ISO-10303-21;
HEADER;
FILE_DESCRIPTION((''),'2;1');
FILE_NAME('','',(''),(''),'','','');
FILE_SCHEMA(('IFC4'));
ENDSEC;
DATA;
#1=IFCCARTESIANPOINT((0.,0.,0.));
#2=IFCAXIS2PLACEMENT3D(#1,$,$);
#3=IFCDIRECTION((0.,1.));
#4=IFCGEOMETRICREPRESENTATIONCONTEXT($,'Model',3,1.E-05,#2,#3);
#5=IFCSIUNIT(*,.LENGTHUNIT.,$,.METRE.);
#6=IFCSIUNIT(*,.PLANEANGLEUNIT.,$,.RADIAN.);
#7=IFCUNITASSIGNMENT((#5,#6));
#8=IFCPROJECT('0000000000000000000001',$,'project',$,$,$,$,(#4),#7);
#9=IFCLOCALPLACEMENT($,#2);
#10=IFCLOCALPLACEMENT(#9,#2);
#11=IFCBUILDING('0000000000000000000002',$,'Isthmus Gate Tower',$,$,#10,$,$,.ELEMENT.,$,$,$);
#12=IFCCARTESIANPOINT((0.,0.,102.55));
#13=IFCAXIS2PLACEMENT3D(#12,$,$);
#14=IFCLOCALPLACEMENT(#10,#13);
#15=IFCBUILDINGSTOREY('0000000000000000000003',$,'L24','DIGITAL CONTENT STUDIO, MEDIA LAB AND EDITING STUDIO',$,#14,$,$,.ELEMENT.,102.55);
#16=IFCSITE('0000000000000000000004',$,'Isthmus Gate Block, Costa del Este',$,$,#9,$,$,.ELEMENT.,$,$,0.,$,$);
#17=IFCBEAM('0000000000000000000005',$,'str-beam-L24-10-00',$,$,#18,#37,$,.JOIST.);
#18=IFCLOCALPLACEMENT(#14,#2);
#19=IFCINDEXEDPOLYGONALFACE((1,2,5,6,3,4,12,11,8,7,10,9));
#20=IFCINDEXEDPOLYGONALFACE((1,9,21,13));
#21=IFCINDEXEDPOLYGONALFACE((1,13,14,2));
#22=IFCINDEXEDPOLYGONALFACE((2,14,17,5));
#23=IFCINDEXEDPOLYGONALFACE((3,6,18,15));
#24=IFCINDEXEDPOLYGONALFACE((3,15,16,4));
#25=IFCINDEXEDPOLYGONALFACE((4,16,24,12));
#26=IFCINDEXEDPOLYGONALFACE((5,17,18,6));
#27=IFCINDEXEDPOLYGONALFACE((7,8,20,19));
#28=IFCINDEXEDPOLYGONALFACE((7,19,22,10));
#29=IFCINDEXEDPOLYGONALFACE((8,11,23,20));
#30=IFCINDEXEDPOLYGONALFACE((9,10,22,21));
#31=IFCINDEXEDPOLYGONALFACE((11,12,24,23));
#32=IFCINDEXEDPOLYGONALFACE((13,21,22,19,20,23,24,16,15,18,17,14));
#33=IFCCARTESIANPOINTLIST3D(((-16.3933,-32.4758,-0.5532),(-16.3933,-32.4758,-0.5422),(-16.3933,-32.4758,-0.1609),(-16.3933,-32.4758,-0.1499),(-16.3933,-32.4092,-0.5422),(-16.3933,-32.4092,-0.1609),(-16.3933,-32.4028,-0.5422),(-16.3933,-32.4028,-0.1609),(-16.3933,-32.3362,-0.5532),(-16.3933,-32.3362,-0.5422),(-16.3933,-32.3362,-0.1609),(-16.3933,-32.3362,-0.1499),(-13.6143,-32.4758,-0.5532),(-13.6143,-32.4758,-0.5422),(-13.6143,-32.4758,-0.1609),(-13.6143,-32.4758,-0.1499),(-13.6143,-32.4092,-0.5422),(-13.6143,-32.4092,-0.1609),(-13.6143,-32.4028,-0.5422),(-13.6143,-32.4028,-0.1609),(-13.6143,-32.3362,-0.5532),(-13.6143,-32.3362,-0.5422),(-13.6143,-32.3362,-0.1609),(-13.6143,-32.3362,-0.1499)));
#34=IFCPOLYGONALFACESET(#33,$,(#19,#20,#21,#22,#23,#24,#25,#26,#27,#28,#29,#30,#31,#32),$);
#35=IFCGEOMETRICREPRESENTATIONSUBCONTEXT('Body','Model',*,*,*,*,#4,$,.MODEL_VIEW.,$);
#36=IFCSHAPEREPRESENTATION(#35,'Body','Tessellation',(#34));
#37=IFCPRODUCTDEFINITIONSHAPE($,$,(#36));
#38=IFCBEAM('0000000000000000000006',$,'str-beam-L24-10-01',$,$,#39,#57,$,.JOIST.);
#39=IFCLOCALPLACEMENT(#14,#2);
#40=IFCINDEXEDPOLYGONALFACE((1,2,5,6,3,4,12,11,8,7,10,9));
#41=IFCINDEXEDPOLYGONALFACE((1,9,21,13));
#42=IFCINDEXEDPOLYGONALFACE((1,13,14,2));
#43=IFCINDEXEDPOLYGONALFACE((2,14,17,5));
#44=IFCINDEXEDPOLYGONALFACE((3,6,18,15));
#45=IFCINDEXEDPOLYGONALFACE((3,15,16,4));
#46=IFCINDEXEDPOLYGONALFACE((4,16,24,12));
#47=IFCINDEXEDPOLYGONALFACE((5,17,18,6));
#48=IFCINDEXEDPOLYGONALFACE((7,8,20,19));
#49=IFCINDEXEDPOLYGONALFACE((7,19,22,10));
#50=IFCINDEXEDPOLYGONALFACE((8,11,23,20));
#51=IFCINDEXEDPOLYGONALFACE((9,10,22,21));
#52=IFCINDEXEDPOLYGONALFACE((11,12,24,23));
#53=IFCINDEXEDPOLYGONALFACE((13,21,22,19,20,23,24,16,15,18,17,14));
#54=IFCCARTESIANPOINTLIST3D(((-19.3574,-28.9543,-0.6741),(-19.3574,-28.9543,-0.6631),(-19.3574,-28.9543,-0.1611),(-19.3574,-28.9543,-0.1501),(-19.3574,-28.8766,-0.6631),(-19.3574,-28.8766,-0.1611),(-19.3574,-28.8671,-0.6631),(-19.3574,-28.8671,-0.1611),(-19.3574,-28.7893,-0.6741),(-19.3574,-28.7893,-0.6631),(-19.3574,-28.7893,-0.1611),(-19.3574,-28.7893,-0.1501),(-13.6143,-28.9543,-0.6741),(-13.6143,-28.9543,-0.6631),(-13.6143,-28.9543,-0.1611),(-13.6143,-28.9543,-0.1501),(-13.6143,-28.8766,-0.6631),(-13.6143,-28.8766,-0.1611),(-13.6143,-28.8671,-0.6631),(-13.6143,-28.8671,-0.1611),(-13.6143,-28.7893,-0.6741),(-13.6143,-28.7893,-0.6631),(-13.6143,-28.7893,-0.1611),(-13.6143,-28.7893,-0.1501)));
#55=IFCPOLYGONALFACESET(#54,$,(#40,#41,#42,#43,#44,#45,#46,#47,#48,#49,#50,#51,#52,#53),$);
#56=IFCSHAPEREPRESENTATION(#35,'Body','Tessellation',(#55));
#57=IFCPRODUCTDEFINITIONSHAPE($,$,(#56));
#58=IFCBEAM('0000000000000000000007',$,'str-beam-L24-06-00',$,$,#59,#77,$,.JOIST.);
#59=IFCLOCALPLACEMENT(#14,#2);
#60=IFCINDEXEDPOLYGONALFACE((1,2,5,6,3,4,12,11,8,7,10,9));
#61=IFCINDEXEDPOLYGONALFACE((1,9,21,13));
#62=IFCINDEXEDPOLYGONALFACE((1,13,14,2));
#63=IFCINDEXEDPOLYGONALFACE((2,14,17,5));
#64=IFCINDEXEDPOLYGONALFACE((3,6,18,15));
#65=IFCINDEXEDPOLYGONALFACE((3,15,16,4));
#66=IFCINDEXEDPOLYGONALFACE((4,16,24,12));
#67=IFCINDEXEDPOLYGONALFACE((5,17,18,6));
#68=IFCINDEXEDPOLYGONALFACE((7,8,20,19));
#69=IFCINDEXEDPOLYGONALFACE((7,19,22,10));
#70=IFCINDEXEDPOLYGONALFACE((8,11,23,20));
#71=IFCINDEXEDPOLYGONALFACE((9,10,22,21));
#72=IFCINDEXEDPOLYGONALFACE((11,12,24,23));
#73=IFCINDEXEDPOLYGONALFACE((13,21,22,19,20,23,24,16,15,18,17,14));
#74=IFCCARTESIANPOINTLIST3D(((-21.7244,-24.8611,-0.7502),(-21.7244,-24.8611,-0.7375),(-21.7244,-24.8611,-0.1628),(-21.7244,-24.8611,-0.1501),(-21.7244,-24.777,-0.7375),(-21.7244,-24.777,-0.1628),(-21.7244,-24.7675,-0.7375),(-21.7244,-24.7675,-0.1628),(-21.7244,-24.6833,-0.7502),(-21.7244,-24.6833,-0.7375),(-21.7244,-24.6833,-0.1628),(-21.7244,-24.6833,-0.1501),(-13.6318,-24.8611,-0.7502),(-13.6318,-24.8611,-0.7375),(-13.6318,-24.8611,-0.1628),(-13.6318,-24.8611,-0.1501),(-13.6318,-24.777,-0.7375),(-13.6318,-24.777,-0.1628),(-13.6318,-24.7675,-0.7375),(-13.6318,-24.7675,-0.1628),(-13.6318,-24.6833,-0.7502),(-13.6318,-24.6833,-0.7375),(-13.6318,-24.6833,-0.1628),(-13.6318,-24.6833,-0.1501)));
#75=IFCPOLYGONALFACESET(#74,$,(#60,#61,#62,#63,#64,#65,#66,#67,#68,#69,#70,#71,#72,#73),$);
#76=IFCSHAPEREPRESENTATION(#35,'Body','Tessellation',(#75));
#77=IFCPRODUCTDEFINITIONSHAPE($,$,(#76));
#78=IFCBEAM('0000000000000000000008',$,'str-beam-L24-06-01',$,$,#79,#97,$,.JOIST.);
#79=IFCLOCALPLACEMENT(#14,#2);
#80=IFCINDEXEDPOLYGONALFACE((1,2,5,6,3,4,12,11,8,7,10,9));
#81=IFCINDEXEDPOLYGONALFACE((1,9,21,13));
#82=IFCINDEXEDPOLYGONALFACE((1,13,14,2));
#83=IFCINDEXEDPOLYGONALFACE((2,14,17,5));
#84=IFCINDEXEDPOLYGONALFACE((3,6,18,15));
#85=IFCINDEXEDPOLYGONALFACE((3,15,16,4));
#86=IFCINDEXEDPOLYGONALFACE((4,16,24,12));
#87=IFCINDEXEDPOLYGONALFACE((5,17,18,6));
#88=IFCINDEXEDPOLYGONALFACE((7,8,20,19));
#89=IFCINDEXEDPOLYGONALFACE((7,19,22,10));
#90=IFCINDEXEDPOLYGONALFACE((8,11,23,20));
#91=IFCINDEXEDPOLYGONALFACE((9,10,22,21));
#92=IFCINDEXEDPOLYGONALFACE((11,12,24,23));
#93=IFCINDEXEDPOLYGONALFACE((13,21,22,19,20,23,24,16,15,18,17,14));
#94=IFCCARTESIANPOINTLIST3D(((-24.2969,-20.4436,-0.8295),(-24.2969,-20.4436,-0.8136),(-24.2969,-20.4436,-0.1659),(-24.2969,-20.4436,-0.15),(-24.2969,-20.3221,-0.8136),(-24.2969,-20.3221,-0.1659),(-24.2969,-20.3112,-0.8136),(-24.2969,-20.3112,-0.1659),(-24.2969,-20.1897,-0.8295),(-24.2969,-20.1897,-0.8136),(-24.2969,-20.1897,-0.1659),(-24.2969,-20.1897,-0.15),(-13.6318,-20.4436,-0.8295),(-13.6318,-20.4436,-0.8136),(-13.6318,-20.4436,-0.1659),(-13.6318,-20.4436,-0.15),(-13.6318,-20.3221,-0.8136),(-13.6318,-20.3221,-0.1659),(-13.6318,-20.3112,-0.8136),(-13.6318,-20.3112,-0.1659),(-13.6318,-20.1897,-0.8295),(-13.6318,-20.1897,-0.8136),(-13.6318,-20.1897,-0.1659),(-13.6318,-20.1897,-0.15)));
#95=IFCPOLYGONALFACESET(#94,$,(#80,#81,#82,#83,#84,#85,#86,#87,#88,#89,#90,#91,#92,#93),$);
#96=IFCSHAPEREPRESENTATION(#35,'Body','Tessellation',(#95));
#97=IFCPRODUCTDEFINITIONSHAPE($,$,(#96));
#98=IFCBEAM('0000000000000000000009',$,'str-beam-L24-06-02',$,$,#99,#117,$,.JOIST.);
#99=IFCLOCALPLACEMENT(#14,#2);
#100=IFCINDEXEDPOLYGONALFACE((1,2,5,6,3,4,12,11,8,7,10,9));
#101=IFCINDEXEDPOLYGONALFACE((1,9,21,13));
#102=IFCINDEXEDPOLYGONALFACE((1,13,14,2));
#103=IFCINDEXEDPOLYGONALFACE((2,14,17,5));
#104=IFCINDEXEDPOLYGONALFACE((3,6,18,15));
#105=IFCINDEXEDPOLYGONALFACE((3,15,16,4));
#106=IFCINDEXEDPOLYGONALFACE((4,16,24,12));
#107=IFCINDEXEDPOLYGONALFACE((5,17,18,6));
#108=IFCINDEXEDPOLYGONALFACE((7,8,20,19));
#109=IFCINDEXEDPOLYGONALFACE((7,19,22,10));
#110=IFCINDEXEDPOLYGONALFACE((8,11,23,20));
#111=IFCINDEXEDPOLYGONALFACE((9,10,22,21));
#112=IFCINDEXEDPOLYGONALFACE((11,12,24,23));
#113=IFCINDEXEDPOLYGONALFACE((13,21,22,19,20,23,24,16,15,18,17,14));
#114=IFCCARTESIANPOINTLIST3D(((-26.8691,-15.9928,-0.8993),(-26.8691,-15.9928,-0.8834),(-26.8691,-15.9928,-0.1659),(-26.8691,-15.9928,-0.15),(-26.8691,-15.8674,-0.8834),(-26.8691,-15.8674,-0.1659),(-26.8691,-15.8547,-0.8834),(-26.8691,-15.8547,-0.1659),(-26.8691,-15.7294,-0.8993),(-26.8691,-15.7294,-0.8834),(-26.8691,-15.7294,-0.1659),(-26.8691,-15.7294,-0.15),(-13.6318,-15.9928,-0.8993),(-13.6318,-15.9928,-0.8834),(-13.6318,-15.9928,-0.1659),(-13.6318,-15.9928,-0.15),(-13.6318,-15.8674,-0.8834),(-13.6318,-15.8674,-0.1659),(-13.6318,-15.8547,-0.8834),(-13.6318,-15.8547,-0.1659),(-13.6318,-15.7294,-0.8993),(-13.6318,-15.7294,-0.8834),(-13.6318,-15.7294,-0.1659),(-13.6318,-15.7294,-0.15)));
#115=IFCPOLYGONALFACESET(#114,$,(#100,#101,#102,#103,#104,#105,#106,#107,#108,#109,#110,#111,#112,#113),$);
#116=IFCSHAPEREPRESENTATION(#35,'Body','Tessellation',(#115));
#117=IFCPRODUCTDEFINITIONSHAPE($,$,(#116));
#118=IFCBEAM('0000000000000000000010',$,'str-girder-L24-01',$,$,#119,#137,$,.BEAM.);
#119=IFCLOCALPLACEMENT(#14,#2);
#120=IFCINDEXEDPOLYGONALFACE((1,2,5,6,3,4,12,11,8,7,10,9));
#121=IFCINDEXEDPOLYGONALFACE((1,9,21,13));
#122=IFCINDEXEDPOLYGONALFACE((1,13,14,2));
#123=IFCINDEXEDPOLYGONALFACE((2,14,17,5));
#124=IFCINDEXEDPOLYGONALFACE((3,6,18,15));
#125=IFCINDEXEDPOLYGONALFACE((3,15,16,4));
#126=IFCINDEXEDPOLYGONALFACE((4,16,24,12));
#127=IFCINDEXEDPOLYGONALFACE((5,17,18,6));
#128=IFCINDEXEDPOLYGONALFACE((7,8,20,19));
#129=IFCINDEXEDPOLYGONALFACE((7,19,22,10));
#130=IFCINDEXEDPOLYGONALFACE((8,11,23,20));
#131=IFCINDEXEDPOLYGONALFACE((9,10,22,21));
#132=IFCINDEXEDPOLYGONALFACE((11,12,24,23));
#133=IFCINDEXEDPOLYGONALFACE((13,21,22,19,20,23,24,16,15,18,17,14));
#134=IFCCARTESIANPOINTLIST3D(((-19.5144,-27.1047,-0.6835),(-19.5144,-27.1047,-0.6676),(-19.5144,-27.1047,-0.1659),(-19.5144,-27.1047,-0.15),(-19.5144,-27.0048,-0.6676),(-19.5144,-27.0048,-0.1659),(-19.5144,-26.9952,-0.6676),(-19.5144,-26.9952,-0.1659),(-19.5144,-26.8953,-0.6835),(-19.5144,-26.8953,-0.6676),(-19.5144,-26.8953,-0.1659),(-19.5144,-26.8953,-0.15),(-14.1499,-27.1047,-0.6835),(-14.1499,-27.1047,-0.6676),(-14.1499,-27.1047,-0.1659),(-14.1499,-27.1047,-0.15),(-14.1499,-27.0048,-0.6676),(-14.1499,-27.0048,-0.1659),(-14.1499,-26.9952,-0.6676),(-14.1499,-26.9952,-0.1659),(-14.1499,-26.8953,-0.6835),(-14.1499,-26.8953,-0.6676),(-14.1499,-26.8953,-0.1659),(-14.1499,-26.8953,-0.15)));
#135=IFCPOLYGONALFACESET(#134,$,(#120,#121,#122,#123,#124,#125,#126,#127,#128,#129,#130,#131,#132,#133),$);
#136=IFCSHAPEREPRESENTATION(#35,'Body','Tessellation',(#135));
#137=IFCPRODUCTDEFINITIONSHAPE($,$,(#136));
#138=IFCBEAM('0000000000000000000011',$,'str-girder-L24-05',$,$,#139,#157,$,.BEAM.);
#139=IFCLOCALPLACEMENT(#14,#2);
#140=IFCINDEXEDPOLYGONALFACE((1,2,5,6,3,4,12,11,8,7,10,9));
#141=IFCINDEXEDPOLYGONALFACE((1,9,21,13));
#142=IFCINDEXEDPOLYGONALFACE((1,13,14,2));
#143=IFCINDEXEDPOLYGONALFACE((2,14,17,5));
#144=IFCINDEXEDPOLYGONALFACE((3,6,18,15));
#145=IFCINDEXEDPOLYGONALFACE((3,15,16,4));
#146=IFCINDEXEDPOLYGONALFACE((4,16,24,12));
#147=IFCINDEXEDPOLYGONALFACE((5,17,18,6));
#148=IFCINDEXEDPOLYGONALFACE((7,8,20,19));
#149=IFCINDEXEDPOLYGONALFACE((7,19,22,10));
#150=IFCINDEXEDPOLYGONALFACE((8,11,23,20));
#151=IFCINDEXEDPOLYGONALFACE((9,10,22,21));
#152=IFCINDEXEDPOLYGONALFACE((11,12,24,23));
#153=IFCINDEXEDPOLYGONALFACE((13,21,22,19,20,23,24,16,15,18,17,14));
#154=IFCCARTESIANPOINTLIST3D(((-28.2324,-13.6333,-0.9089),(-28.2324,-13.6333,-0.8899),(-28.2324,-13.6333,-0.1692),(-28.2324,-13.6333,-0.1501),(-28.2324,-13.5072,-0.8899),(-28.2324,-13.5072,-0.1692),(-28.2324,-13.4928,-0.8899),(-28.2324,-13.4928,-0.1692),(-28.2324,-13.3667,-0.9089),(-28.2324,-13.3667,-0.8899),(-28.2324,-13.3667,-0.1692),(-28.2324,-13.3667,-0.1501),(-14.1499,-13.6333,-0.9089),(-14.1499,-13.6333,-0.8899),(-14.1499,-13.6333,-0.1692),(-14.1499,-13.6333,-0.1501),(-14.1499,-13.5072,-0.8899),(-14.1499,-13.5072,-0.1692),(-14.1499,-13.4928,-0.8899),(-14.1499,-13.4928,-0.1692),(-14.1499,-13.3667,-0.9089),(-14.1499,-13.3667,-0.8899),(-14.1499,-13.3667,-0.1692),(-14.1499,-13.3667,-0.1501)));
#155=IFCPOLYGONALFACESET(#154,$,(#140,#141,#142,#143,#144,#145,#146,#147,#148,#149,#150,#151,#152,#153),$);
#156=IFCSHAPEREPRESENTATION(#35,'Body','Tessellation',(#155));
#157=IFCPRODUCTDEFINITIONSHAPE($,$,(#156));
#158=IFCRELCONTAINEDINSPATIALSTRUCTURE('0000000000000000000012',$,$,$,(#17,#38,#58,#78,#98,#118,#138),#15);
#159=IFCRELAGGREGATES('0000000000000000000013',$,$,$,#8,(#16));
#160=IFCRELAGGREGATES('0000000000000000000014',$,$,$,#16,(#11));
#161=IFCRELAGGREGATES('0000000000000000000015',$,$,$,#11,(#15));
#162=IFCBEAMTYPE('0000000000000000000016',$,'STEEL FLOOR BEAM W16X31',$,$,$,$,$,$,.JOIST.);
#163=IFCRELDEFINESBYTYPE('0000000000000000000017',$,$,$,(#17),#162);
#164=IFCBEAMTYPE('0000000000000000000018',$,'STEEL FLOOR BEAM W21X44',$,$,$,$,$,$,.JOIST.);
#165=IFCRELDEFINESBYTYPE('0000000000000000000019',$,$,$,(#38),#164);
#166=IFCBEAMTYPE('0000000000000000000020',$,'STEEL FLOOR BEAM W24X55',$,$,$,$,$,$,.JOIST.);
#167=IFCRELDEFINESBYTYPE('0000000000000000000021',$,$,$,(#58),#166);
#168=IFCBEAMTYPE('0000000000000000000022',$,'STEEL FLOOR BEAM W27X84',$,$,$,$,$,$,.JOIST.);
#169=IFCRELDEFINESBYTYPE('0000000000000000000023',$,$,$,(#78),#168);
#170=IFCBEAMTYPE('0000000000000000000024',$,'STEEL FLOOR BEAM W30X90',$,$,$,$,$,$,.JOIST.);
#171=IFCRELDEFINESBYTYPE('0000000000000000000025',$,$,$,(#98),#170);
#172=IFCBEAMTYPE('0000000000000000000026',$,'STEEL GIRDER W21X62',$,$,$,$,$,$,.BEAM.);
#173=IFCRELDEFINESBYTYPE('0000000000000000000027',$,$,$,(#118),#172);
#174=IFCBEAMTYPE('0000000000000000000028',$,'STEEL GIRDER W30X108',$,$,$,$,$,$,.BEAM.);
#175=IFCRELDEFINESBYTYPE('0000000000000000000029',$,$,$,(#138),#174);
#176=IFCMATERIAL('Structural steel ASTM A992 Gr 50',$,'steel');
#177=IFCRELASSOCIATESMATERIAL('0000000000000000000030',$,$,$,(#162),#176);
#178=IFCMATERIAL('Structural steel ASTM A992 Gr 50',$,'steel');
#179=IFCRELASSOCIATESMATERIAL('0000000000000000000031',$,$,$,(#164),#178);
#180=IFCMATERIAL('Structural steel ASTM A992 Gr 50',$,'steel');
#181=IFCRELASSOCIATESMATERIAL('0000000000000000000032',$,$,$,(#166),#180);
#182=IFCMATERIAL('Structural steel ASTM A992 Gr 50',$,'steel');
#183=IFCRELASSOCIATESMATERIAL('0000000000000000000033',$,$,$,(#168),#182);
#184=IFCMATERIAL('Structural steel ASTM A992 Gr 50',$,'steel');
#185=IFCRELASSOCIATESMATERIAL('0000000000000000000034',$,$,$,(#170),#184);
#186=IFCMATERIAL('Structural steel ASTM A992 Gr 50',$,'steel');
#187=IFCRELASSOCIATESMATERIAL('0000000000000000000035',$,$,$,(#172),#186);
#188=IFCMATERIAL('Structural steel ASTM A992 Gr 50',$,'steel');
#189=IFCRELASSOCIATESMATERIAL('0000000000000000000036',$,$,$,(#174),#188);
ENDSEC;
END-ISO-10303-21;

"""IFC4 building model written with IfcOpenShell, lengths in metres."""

from ifc_helpers import new_model, si_unit, direction, frame, origin, origin_2d, place, context, subcontext, project, spatial, i_section, extrude, material, material_profile, profile_set, type_object, element, save


model = new_model("IFC4")

# Units and contexts
model_context = context("Model", 3, precision=1e-05, world=origin(), true_north=direction((0.0, 1.0)))
body_context = subcontext(model_context, "Body", "Model", "MODEL_VIEW")
ifc_project = project(units=[si_unit("LENGTHUNIT", "METRE"), si_unit("PLANEANGLEUNIT", "RADIAN")], contexts=[model_context])

# Site, building, storey
site_placement = place(None, origin())
site = spatial("IfcSite", under=ifc_project, at=site_placement, Name="Isthmus Gate Block, Costa del Este", CompositionType="ELEMENT", RefElevation=0.0)
building_placement = place(site_placement, origin())
building = spatial("IfcBuilding", under=site, at=building_placement, Name="Isthmus Gate Tower", CompositionType="ELEMENT")
storey_placement = place(building_placement, frame((0.0, 0.0, 102.55)))
storey = spatial("IfcBuildingStorey", under=building, at=storey_placement, Name="L24", Description="DIGITAL CONTENT STUDIO, MEDIA LAB AND EDITING STUDIO", CompositionType="ELEMENT", Elevation=102.55)

# Beams
ifc_material_1 = material(Name="Structural steel ASTM A992 Gr 50", Category="steel")
ifc_material_profile_1 = material_profile(ifc_material_1, i_section(OverallWidth=0.1396, OverallDepth=0.4033, WebThickness=0.0063, FlangeThickness=0.011, at=origin_2d()), Name="W16X31")
ifc_profile_set_1 = profile_set([ifc_material_profile_1], Name="Structural steel ASTM A992 Gr 50")
beam_type_1 = type_object("IfcBeamType", Name="STEEL FLOOR BEAM W16X31", PredefinedType="JOIST", material=ifc_profile_set_1)
beam_1_placement = place(storey_placement, frame((-16.3933, -32.406, -0.3516), z_axis=(1.0, 0.0, 0.0), x_axis=(0.0, 1.0, 0.0)))
element("IfcBeam", 1, at=beam_1_placement, inside=storey, type_object=beam_type_1, Name="str-beam-L24-10-00", PredefinedType="JOIST", context=body_context, shape_type="SweptSolid", body=[
    extrude(i_section(OverallWidth=0.1396, OverallDepth=0.4033, WebThickness=0.0063, FlangeThickness=0.011, at=origin_2d()), origin(), (0.0, 0.0, 1.0), 2.7791),
])
ifc_material_2 = material(Name="Structural steel ASTM A992 Gr 50", Category="steel")
ifc_material_profile_2 = material_profile(ifc_material_2, i_section(OverallWidth=0.165, OverallDepth=0.5239, WebThickness=0.0095, FlangeThickness=0.011, at=origin_2d()), Name="W21X44")
ifc_profile_set_2 = profile_set([ifc_material_profile_2], Name="Structural steel ASTM A992 Gr 50")
beam_type_2 = type_object("IfcBeamType", Name="STEEL FLOOR BEAM W21X44", PredefinedType="JOIST", material=ifc_profile_set_2)
beam_2_placement = place(storey_placement, frame((-19.3574, -28.8718, -0.4121), z_axis=(1.0, 0.0, 0.0), x_axis=(0.0, 1.0, 0.0)))
element("IfcBeam", 2, at=beam_2_placement, inside=storey, type_object=beam_type_2, Name="str-beam-L24-10-01", PredefinedType="JOIST", context=body_context, shape_type="SweptSolid", body=[
    extrude(i_section(OverallWidth=0.165, OverallDepth=0.5239, WebThickness=0.0095, FlangeThickness=0.011, at=origin_2d()), origin(), (0.0, 0.0, 1.0), 5.7432),
])
ifc_material_3 = material(Name="Structural steel ASTM A992 Gr 50", Category="steel")
ifc_material_profile_3 = material_profile(ifc_material_3, i_section(OverallWidth=0.1777, OverallDepth=0.6001, WebThickness=0.0095, FlangeThickness=0.0127, at=origin_2d()), Name="W24X55")
ifc_profile_set_3 = profile_set([ifc_material_profile_3], Name="Structural steel ASTM A992 Gr 50")
beam_type_3 = type_object("IfcBeamType", Name="STEEL FLOOR BEAM W24X55", PredefinedType="JOIST", material=ifc_profile_set_3)
beam_3_placement = place(storey_placement, frame((-21.7244, -24.7722, -0.4502), z_axis=(1.0, 0.0, 0.0), x_axis=(0.0, 1.0, 0.0)))
element("IfcBeam", 3, at=beam_3_placement, inside=storey, type_object=beam_type_3, Name="str-beam-L24-06-00", PredefinedType="JOIST", context=body_context, shape_type="SweptSolid", body=[
    extrude(i_section(OverallWidth=0.1777, OverallDepth=0.6001, WebThickness=0.0095, FlangeThickness=0.0127, at=origin_2d()), origin(), (0.0, 0.0, 1.0), 8.0925),
])
ifc_material_4 = material(Name="Structural steel ASTM A992 Gr 50", Category="steel")
ifc_material_profile_4 = material_profile(ifc_material_4, i_section(OverallWidth=0.2539, OverallDepth=0.6794, WebThickness=0.011, FlangeThickness=0.0159, at=origin_2d()), Name="W27X84")
ifc_profile_set_4 = profile_set([ifc_material_profile_4], Name="Structural steel ASTM A992 Gr 50")
beam_type_4 = type_object("IfcBeamType", Name="STEEL FLOOR BEAM W27X84", PredefinedType="JOIST", material=ifc_profile_set_4)
beam_4_placement = place(storey_placement, frame((-24.2969, -20.3167, -0.4897), z_axis=(1.0, 0.0, 0.0), x_axis=(0.0, 1.0, 0.0)))
element("IfcBeam", 4, at=beam_4_placement, inside=storey, type_object=beam_type_4, Name="str-beam-L24-06-01", PredefinedType="JOIST", context=body_context, shape_type="SweptSolid", body=[
    extrude(i_section(OverallWidth=0.2539, OverallDepth=0.6794, WebThickness=0.011, FlangeThickness=0.0159, at=origin_2d()), origin(), (0.0, 0.0, 1.0), 10.665),
])
ifc_material_5 = material(Name="Structural steel ASTM A992 Gr 50", Category="steel")
ifc_material_profile_5 = material_profile(ifc_material_5, i_section(OverallWidth=0.2634, OverallDepth=0.7493, WebThickness=0.0127, FlangeThickness=0.0159, at=origin_2d()), Name="W30X90")
ifc_profile_set_5 = profile_set([ifc_material_profile_5], Name="Structural steel ASTM A992 Gr 50")
beam_type_5 = type_object("IfcBeamType", Name="STEEL FLOOR BEAM W30X90", PredefinedType="JOIST", material=ifc_profile_set_5)
beam_5_placement = place(storey_placement, frame((-26.8691, -15.8611, -0.5247), z_axis=(1.0, 0.0, 0.0), x_axis=(0.0, 1.0, 0.0)))
element("IfcBeam", 5, at=beam_5_placement, inside=storey, type_object=beam_type_5, Name="str-beam-L24-06-02", PredefinedType="JOIST", context=body_context, shape_type="SweptSolid", body=[
    extrude(i_section(OverallWidth=0.2634, OverallDepth=0.7493, WebThickness=0.0127, FlangeThickness=0.0159, at=origin_2d()), origin(), (0.0, 0.0, 1.0), 13.2373),
])
ifc_material_6 = material(Name="Structural steel ASTM A992 Gr 50", Category="steel")
ifc_material_profile_6 = material_profile(ifc_material_6, i_section(OverallWidth=0.2095, OverallDepth=0.5334, WebThickness=0.0095, FlangeThickness=0.0159, at=origin_2d()), Name="W21X62")
ifc_profile_set_6 = profile_set([ifc_material_profile_6], Name="Structural steel ASTM A992 Gr 50")
beam_type_6 = type_object("IfcBeamType", Name="STEEL GIRDER W21X62", PredefinedType="BEAM", material=ifc_profile_set_6)
beam_6_placement = place(storey_placement, frame((-19.5144, -27.0, -0.4167), z_axis=(1.0, 0.0, 0.0), x_axis=(0.0, 1.0, 0.0)))
element("IfcBeam", 6, at=beam_6_placement, inside=storey, type_object=beam_type_6, Name="str-girder-L24-01", PredefinedType="BEAM", context=body_context, shape_type="SweptSolid", body=[
    extrude(i_section(OverallWidth=0.2095, OverallDepth=0.5334, WebThickness=0.0095, FlangeThickness=0.0159, at=origin_2d()), origin(), (0.0, 0.0, 1.0), 5.3645),
])
ifc_material_7 = material(Name="Structural steel ASTM A992 Gr 50", Category="steel")
ifc_material_profile_7 = material_profile(ifc_material_7, i_section(OverallWidth=0.2666, OverallDepth=0.7588, WebThickness=0.0144, FlangeThickness=0.019, at=origin_2d()), Name="W30X108")
ifc_profile_set_7 = profile_set([ifc_material_profile_7], Name="Structural steel ASTM A992 Gr 50")
beam_type_7 = type_object("IfcBeamType", Name="STEEL GIRDER W30X108", PredefinedType="BEAM", material=ifc_profile_set_7)
beam_7_placement = place(storey_placement, frame((-28.2324, -13.5, -0.5295), z_axis=(1.0, 0.0, 0.0), x_axis=(0.0, 1.0, 0.0)))
element("IfcBeam", 7, at=beam_7_placement, inside=storey, type_object=beam_type_7, Name="str-girder-L24-05", PredefinedType="BEAM", context=body_context, shape_type="SweptSolid", body=[
    extrude(i_section(OverallWidth=0.2666, OverallDepth=0.7588, WebThickness=0.0144, FlangeThickness=0.019, at=origin_2d()), origin(), (0.0, 0.0, 1.0), 14.0825),
])

save(model, "model.ifc")
